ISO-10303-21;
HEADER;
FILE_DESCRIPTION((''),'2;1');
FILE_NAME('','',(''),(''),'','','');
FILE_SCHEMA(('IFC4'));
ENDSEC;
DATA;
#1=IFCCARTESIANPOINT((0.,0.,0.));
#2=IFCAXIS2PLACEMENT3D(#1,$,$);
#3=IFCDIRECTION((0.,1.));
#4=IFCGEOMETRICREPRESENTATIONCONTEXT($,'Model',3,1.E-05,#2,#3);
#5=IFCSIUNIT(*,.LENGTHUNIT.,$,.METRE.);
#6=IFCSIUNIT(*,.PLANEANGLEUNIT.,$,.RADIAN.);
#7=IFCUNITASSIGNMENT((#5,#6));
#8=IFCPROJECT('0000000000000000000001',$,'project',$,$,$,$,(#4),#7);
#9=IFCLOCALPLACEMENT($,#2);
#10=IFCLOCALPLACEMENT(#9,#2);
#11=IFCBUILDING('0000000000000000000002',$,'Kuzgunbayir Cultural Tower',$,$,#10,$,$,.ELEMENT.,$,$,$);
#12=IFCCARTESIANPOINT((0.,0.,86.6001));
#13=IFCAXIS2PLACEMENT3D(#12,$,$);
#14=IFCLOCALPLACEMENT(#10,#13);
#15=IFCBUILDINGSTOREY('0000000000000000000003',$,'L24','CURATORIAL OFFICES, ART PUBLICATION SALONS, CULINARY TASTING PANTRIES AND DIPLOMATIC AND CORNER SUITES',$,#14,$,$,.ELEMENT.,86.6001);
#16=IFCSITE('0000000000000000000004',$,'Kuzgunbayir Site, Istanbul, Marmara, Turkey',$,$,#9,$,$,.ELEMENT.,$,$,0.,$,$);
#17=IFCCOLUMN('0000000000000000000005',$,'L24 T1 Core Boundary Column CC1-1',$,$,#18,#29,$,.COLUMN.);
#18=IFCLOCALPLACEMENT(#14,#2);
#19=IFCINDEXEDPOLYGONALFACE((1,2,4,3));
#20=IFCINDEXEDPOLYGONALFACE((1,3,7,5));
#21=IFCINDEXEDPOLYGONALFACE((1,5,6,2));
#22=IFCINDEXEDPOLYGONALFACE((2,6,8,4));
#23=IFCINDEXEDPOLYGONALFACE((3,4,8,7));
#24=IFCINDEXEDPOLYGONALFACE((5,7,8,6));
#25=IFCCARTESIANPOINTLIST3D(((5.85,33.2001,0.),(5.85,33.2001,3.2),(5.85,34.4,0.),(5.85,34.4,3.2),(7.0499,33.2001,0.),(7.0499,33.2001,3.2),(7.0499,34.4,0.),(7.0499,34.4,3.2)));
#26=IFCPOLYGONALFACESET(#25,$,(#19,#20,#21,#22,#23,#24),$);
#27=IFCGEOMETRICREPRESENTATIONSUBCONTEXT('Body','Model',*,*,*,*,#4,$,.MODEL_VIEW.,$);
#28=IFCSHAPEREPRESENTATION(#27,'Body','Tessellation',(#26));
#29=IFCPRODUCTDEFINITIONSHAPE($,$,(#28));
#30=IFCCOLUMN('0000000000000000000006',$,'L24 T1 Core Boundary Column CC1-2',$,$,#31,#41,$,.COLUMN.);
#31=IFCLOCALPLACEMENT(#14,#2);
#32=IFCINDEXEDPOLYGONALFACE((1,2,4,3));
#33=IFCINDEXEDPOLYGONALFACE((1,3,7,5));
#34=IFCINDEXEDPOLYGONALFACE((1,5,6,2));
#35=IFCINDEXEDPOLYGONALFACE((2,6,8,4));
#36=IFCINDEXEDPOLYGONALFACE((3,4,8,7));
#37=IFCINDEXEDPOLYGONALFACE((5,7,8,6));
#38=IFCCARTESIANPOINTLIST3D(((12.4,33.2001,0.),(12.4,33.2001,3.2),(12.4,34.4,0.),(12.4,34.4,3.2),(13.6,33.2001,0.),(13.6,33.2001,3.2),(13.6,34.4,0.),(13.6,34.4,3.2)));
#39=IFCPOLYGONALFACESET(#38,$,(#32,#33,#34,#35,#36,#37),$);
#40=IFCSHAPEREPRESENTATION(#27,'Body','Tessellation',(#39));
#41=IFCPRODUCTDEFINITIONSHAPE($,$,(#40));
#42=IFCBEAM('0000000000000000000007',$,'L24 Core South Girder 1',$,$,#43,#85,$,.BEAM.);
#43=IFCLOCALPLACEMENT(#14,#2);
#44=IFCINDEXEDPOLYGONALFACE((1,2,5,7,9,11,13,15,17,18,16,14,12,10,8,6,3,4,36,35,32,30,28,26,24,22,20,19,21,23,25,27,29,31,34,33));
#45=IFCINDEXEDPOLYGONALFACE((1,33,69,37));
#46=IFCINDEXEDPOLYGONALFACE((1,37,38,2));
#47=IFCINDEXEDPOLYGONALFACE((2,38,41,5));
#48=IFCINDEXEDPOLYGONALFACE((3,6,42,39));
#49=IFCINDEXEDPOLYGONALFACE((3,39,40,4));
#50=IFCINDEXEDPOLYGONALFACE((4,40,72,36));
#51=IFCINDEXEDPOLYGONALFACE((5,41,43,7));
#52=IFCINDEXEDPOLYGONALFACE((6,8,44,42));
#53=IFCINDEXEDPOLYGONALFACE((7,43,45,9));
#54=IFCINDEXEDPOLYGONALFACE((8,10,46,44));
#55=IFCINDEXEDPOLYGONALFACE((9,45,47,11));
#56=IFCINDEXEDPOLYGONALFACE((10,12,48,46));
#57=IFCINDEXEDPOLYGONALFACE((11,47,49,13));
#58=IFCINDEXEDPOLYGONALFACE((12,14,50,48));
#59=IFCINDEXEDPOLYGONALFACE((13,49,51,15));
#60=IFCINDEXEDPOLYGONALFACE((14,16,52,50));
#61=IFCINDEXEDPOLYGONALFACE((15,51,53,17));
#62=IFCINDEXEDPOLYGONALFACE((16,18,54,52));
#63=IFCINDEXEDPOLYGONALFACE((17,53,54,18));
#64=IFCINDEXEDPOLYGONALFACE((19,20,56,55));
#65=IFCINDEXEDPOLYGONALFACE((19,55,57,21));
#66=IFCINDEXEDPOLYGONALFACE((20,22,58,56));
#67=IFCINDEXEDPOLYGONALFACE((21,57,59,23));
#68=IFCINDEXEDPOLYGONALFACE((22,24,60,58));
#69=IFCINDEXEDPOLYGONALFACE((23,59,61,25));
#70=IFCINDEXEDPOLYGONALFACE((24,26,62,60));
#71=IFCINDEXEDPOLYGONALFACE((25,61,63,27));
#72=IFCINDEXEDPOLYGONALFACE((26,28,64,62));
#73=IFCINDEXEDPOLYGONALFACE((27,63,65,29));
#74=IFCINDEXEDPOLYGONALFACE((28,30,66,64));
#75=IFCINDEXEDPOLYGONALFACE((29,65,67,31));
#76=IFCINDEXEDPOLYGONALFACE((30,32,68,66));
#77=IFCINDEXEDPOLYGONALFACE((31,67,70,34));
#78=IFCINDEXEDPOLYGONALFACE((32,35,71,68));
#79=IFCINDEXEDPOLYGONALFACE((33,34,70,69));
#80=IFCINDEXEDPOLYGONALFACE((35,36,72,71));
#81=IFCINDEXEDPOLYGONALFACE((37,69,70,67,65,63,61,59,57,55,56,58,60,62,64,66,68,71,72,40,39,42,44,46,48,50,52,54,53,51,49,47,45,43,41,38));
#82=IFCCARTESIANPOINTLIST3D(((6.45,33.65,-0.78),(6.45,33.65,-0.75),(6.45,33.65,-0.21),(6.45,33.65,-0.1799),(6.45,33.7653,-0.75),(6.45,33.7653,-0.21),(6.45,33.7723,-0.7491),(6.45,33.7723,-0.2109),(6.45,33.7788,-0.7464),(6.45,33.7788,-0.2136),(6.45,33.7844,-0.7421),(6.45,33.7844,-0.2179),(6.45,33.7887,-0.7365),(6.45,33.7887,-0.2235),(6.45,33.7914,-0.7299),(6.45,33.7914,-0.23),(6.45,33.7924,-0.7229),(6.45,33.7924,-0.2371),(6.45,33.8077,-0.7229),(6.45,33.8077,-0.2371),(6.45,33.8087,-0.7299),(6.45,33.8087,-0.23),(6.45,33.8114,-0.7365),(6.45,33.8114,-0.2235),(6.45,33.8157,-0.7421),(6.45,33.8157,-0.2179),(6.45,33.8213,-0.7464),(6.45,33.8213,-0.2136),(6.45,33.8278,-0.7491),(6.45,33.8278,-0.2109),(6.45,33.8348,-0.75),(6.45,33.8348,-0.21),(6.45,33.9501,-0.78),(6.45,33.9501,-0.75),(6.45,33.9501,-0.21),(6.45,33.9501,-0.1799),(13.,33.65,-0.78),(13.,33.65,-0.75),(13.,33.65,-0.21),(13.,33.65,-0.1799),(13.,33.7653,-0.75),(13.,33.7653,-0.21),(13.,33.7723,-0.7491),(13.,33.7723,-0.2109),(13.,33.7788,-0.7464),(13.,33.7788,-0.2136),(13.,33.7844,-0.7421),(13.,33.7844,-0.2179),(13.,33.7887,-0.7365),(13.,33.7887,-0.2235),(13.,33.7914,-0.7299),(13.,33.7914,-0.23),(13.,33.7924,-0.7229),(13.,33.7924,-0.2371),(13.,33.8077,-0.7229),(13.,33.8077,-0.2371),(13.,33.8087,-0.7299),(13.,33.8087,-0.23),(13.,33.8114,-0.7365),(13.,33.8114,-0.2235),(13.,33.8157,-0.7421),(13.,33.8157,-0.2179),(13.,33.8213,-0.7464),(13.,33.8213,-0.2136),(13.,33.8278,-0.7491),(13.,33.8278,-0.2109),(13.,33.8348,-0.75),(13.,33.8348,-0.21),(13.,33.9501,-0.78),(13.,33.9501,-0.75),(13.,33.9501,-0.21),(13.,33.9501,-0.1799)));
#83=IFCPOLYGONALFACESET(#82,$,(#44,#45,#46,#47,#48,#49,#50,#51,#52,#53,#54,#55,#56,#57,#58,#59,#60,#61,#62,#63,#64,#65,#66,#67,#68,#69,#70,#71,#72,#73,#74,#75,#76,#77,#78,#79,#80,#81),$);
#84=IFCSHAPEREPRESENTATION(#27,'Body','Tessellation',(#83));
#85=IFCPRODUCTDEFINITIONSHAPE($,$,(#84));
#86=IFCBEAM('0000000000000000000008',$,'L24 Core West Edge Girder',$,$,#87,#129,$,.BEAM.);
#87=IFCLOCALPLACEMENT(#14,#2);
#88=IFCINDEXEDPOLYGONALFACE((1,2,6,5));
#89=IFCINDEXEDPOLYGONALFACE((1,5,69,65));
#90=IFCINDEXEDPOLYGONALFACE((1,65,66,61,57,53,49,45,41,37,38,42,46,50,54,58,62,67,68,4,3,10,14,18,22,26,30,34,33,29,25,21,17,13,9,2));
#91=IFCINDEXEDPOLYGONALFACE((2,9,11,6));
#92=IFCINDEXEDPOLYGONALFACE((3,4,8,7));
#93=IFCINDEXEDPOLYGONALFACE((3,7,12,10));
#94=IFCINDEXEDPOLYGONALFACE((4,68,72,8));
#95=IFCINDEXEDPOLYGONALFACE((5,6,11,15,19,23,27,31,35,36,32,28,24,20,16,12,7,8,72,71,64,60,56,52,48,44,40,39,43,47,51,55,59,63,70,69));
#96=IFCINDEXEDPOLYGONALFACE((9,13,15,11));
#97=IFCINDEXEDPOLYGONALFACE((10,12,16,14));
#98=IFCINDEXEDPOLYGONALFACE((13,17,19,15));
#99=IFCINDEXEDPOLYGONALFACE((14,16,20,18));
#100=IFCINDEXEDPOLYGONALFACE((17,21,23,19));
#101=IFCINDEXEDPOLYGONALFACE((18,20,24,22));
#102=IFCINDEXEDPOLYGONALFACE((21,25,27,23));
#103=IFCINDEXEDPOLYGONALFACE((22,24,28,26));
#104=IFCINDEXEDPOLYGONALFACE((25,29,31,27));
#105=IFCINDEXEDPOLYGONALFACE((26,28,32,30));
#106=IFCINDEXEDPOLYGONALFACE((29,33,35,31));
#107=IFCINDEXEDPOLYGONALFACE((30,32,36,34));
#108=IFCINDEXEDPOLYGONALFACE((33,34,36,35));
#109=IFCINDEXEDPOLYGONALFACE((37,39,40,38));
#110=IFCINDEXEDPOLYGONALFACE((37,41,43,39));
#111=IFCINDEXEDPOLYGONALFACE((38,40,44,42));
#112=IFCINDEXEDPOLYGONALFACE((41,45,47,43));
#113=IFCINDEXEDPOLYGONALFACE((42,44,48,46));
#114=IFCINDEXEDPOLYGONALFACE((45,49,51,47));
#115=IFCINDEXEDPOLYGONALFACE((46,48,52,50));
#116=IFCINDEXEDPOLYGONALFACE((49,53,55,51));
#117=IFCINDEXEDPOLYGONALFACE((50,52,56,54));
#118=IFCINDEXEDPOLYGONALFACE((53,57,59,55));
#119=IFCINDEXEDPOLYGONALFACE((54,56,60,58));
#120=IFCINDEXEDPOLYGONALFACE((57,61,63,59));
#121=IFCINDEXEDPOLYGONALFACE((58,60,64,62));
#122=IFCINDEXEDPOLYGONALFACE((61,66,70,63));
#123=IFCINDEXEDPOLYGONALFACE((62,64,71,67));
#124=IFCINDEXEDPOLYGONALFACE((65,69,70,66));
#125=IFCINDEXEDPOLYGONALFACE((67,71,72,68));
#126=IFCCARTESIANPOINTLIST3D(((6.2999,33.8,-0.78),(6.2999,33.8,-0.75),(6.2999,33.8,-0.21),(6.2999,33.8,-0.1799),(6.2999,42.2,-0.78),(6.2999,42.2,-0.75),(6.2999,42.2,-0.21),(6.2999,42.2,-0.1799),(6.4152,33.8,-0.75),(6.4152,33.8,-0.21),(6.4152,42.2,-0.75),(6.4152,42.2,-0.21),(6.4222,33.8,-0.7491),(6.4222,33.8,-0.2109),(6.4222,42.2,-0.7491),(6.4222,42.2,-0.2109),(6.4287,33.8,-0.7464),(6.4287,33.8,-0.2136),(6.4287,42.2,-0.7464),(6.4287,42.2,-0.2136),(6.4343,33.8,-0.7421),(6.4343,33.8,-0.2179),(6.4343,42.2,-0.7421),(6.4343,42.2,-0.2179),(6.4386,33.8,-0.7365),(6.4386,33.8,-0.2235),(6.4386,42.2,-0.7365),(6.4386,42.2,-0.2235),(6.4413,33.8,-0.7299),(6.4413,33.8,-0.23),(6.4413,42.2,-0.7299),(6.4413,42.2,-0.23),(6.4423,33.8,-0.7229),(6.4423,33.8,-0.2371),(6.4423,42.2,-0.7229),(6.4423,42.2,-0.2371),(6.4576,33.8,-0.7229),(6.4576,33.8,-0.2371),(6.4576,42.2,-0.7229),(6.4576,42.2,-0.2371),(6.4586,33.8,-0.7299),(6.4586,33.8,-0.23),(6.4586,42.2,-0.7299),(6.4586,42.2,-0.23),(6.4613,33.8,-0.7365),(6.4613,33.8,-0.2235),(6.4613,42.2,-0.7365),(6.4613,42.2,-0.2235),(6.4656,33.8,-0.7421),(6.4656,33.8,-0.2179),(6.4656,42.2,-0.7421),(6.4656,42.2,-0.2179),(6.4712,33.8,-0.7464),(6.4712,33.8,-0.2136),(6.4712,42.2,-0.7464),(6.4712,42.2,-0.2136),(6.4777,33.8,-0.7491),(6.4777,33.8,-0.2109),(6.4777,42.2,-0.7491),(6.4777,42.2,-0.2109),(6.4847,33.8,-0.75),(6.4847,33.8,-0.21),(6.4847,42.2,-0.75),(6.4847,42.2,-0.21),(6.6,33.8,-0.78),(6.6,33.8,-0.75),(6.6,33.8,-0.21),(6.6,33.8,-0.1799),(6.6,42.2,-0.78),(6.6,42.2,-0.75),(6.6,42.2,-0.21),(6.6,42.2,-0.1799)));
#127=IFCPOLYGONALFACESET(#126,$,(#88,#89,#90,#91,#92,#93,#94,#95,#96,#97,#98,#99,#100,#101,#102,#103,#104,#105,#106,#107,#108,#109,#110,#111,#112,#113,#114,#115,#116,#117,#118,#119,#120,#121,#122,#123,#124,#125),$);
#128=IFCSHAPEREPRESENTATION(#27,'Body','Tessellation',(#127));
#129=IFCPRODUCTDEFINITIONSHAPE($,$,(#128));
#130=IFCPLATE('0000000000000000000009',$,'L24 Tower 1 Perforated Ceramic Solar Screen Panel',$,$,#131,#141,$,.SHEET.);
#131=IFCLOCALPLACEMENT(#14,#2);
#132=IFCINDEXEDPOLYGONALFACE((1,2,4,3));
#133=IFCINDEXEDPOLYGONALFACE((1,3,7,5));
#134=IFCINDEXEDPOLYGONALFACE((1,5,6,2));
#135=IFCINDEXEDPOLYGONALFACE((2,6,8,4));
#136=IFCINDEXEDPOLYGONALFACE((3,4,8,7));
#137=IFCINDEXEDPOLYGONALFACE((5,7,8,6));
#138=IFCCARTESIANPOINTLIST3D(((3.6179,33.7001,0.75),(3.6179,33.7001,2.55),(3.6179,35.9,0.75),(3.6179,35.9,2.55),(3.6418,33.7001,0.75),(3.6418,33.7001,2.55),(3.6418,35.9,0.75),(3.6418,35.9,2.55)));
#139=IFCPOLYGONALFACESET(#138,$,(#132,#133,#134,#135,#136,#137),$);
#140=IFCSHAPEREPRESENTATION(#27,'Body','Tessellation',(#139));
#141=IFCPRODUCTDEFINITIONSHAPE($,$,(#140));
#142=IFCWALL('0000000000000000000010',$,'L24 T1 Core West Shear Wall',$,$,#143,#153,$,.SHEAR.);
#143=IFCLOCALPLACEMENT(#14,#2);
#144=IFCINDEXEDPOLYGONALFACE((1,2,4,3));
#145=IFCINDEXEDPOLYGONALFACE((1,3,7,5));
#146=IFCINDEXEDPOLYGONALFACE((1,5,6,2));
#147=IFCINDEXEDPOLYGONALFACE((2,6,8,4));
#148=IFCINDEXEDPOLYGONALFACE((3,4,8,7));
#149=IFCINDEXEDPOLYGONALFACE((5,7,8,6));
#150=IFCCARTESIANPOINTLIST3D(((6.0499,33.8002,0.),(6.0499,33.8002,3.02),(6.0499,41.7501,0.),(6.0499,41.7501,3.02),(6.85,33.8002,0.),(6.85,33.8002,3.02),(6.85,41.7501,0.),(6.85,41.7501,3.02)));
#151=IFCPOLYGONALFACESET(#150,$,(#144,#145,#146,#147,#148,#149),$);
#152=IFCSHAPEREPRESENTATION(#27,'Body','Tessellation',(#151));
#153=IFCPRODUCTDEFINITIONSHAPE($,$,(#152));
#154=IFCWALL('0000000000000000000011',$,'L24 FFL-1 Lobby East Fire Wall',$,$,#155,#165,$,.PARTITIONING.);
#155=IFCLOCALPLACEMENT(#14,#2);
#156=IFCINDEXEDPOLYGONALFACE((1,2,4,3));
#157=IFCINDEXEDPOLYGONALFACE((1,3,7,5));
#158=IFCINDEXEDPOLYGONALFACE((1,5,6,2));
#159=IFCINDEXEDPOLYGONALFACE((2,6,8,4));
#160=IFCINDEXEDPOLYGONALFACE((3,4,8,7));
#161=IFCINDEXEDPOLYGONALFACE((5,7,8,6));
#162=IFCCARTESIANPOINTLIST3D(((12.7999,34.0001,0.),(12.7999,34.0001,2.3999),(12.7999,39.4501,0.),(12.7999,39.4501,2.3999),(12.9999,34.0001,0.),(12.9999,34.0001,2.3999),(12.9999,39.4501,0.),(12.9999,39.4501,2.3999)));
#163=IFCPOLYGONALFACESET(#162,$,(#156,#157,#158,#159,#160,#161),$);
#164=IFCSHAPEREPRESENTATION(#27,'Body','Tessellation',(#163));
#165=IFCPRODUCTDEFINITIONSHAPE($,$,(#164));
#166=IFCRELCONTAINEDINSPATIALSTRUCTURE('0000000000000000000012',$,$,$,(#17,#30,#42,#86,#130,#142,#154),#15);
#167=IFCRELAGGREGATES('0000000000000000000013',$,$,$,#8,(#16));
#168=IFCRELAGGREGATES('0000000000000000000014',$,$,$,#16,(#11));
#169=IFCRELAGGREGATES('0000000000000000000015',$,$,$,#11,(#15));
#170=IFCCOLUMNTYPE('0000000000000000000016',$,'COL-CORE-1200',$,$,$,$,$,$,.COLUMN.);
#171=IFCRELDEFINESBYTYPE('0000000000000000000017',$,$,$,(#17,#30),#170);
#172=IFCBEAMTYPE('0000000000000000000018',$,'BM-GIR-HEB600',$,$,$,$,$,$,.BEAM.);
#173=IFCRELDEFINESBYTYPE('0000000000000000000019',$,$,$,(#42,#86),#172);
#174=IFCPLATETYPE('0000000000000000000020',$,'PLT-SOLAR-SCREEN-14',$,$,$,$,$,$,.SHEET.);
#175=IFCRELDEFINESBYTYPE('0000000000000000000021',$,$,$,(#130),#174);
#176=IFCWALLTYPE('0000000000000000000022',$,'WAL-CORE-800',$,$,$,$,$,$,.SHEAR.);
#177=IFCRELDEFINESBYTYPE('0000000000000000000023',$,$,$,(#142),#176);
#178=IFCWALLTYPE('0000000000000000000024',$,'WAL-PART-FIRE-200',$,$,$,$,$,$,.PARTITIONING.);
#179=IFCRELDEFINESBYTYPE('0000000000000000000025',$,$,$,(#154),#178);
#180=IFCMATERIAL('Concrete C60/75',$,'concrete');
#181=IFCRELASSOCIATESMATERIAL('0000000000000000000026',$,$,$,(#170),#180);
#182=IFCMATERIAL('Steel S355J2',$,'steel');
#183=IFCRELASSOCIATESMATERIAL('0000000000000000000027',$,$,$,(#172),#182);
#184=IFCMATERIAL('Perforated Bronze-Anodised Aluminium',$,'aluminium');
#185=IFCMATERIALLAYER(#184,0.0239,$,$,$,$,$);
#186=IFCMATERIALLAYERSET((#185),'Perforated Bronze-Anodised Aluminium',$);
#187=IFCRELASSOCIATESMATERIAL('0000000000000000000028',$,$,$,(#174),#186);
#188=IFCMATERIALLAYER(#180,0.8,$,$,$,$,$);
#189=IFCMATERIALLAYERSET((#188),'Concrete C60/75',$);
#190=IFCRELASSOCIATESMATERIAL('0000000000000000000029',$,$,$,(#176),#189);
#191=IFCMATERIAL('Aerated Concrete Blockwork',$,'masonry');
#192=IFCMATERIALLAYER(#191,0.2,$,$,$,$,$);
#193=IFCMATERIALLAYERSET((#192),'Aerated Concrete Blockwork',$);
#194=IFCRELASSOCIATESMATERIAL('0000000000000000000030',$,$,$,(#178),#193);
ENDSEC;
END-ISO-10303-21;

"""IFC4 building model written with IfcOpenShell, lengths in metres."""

from ifc_helpers import new_model, si_unit, direction, frame, frame_2d, origin, origin_2d, place, context, subcontext, project, spatial, rectangle, i_section, extrude, material, layer, layer_set, material_profile, profile_set, type_object, element, save


model = new_model("IFC4")

# Units and contexts
model_context = context("Model", 3, precision=1e-05, world=origin(), true_north=direction((0.0, 1.0)))
body_context = subcontext(model_context, "Body", "Model", "MODEL_VIEW")
ifc_project = project(units=[si_unit("LENGTHUNIT", "METRE"), si_unit("PLANEANGLEUNIT", "RADIAN")], contexts=[model_context])

# Site, building, storey
site_placement = place(None, origin())
site = spatial("IfcSite", under=ifc_project, at=site_placement, Name="Kuzgunbayir Site, Istanbul, Marmara, Turkey", CompositionType="ELEMENT", RefElevation=0.0)
building_placement = place(site_placement, origin())
building = spatial("IfcBuilding", under=site, at=building_placement, Name="Kuzgunbayir Cultural Tower", CompositionType="ELEMENT")
storey_placement = place(building_placement, frame((0.0, 0.0, 86.6001)))
storey = spatial("IfcBuildingStorey", under=building, at=storey_placement, Name="L24", Description="CURATORIAL OFFICES, ART PUBLICATION SALONS, CULINARY TASTING PANTRIES AND DIPLOMATIC AND CORNER SUITES", CompositionType="ELEMENT", Elevation=86.6001)

# Columns
ifc_material_1 = material(Name="Concrete C60/75", Category="concrete")
ifc_material_profile_1 = material_profile(ifc_material_1, rectangle(XDim=1.2, YDim=1.2, at=origin_2d()), Name="RC 1200x1200")
ifc_profile_set_1 = profile_set([ifc_material_profile_1], Name="Concrete C60/75")
column_type = type_object("IfcColumnType", Name="COL-CORE-1200", PredefinedType="COLUMN", material=ifc_profile_set_1)
for number, where, z_axis, x_axis, name in (
    (1, (6.45, 33.8, 0.0), (0.0, 0.0, 1.0), (1.0, 0.0, 0.0), "L24 T1 Core Boundary Column CC1-1"),
    (2, (13.0, 33.8, 0.0), (0.0, 0.0, 1.0), (1.0, 0.0, 0.0), "L24 T1 Core Boundary Column CC1-2"),
):
    element("IfcColumn", number, at=place(storey_placement, frame(where, z_axis=z_axis, x_axis=x_axis)), inside=storey, type_object=column_type, Name=name, PredefinedType="COLUMN", context=body_context, shape_type="SweptSolid", body=[
        extrude(rectangle(XDim=1.2, YDim=1.2, at=origin_2d()), origin(), (0.0, 0.0, 1.0), 3.2),
    ])

# Beams
ifc_material_2 = material(Name="Steel S355J2", Category="steel")
ifc_material_profile_2 = material_profile(ifc_material_2, i_section(OverallWidth=0.3, OverallDepth=0.6001, WebThickness=0.0154, FlangeThickness=0.03, FilletRadius=0.0271, at=origin_2d()), Name="HEB 600")
ifc_profile_set_2 = profile_set([ifc_material_profile_2], Name="Steel S355J2")
beam_type = type_object("IfcBeamType", Name="BM-GIR-HEB600", PredefinedType="BEAM", material=ifc_profile_set_2)
beam_1_placement = place(storey_placement, frame((6.45, 33.8, -0.48), z_axis=(1.0, 0.0, 0.0), x_axis=(0.0, 1.0, 0.0)))
element("IfcBeam", 3, at=beam_1_placement, inside=storey, type_object=beam_type, Name="L24 Core South Girder 1", PredefinedType="BEAM", context=body_context, shape_type="SweptSolid", body=[
    extrude(i_section(OverallWidth=0.3, OverallDepth=0.6001, WebThickness=0.0154, FlangeThickness=0.03, FilletRadius=0.0271, at=origin_2d()), origin(), (0.0, 0.0, 1.0), 6.55),
])
beam_2_placement = place(storey_placement, frame((6.45, 33.8, -0.48), z_axis=(0.0, 1.0, 0.0), x_axis=(-1.0, 0.0, 0.0)))
element("IfcBeam", 4, at=beam_2_placement, inside=storey, type_object=beam_type, Name="L24 Core West Edge Girder", PredefinedType="BEAM", context=body_context, shape_type="SweptSolid", body=[
    extrude(i_section(OverallWidth=0.3, OverallDepth=0.6001, WebThickness=0.0154, FlangeThickness=0.03, FilletRadius=0.0271, at=origin_2d()), origin(), (0.0, 0.0, 1.0), 8.3999),
])

# Plate
ifc_material_3 = material(Name="Perforated Bronze-Anodised Aluminium", Category="aluminium")
ifc_layer_1 = layer(ifc_material_3, 0.0239)
ifc_layer_set_1 = layer_set([ifc_layer_1], Name="Perforated Bronze-Anodised Aluminium")
plate_type = type_object("IfcPlateType", Name="PLT-SOLAR-SCREEN-14", PredefinedType="SHEET", material=ifc_layer_set_1)
plate_placement = place(storey_placement, frame((3.6299, 34.8, 0.75), z_axis=(0.0, 0.0, 1.0), x_axis=(1.0, 0.0, 0.0)))
element("IfcPlate", 5, at=plate_placement, inside=storey, type_object=plate_type, Name="L24 Tower 1 Perforated Ceramic Solar Screen Panel", PredefinedType="SHEET", context=body_context, shape_type="SweptSolid", body=[
    extrude(rectangle(XDim=0.0239, YDim=2.2, at=origin_2d()), origin(), (0.0, 0.0, 1.0), 1.8),
])

# Walls
ifc_layer_2 = layer(ifc_material_1, 0.8)
ifc_layer_set_2 = layer_set([ifc_layer_2], Name="Concrete C60/75")
wall_type_1 = type_object("IfcWallType", Name="WAL-CORE-800", PredefinedType="SHEAR", material=ifc_layer_set_2)
wall_1_placement = place(storey_placement, frame((6.45, 33.8, 0.0), z_axis=(0.0, 0.0, 1.0), x_axis=(0.0, 1.0, 0.0)))
element("IfcWall", 6, at=wall_1_placement, inside=storey, type_object=wall_type_1, Name="L24 T1 Core West Shear Wall", PredefinedType="SHEAR", context=body_context, shape_type="SweptSolid", body=[
    extrude(rectangle(XDim=7.95, YDim=0.8, at=frame_2d((3.9751, 0.0))), origin(), (0.0, 0.0, 1.0), 3.02),
])
ifc_material_4 = material(Name="Aerated Concrete Blockwork", Category="masonry")
ifc_layer_3 = layer(ifc_material_4, 0.2)
ifc_layer_set_3 = layer_set([ifc_layer_3], Name="Aerated Concrete Blockwork")
wall_type_2 = type_object("IfcWallType", Name="WAL-PART-FIRE-200", PredefinedType="PARTITIONING", material=ifc_layer_set_3)
wall_2_placement = place(storey_placement, frame((12.8999, 34.0, 0.0), z_axis=(0.0, 0.0, 1.0), x_axis=(0.0, 1.0, 0.0)))
element("IfcWall", 7, at=wall_2_placement, inside=storey, type_object=wall_type_2, Name="L24 FFL-1 Lobby East Fire Wall", PredefinedType="PARTITIONING", context=body_context, shape_type="SweptSolid", body=[
    extrude(rectangle(XDim=5.45, YDim=0.2, at=frame_2d((2.7251, 0.0))), origin(), (0.0, 0.0, 1.0), 2.3999),
])

save(model, "model.ifc")
